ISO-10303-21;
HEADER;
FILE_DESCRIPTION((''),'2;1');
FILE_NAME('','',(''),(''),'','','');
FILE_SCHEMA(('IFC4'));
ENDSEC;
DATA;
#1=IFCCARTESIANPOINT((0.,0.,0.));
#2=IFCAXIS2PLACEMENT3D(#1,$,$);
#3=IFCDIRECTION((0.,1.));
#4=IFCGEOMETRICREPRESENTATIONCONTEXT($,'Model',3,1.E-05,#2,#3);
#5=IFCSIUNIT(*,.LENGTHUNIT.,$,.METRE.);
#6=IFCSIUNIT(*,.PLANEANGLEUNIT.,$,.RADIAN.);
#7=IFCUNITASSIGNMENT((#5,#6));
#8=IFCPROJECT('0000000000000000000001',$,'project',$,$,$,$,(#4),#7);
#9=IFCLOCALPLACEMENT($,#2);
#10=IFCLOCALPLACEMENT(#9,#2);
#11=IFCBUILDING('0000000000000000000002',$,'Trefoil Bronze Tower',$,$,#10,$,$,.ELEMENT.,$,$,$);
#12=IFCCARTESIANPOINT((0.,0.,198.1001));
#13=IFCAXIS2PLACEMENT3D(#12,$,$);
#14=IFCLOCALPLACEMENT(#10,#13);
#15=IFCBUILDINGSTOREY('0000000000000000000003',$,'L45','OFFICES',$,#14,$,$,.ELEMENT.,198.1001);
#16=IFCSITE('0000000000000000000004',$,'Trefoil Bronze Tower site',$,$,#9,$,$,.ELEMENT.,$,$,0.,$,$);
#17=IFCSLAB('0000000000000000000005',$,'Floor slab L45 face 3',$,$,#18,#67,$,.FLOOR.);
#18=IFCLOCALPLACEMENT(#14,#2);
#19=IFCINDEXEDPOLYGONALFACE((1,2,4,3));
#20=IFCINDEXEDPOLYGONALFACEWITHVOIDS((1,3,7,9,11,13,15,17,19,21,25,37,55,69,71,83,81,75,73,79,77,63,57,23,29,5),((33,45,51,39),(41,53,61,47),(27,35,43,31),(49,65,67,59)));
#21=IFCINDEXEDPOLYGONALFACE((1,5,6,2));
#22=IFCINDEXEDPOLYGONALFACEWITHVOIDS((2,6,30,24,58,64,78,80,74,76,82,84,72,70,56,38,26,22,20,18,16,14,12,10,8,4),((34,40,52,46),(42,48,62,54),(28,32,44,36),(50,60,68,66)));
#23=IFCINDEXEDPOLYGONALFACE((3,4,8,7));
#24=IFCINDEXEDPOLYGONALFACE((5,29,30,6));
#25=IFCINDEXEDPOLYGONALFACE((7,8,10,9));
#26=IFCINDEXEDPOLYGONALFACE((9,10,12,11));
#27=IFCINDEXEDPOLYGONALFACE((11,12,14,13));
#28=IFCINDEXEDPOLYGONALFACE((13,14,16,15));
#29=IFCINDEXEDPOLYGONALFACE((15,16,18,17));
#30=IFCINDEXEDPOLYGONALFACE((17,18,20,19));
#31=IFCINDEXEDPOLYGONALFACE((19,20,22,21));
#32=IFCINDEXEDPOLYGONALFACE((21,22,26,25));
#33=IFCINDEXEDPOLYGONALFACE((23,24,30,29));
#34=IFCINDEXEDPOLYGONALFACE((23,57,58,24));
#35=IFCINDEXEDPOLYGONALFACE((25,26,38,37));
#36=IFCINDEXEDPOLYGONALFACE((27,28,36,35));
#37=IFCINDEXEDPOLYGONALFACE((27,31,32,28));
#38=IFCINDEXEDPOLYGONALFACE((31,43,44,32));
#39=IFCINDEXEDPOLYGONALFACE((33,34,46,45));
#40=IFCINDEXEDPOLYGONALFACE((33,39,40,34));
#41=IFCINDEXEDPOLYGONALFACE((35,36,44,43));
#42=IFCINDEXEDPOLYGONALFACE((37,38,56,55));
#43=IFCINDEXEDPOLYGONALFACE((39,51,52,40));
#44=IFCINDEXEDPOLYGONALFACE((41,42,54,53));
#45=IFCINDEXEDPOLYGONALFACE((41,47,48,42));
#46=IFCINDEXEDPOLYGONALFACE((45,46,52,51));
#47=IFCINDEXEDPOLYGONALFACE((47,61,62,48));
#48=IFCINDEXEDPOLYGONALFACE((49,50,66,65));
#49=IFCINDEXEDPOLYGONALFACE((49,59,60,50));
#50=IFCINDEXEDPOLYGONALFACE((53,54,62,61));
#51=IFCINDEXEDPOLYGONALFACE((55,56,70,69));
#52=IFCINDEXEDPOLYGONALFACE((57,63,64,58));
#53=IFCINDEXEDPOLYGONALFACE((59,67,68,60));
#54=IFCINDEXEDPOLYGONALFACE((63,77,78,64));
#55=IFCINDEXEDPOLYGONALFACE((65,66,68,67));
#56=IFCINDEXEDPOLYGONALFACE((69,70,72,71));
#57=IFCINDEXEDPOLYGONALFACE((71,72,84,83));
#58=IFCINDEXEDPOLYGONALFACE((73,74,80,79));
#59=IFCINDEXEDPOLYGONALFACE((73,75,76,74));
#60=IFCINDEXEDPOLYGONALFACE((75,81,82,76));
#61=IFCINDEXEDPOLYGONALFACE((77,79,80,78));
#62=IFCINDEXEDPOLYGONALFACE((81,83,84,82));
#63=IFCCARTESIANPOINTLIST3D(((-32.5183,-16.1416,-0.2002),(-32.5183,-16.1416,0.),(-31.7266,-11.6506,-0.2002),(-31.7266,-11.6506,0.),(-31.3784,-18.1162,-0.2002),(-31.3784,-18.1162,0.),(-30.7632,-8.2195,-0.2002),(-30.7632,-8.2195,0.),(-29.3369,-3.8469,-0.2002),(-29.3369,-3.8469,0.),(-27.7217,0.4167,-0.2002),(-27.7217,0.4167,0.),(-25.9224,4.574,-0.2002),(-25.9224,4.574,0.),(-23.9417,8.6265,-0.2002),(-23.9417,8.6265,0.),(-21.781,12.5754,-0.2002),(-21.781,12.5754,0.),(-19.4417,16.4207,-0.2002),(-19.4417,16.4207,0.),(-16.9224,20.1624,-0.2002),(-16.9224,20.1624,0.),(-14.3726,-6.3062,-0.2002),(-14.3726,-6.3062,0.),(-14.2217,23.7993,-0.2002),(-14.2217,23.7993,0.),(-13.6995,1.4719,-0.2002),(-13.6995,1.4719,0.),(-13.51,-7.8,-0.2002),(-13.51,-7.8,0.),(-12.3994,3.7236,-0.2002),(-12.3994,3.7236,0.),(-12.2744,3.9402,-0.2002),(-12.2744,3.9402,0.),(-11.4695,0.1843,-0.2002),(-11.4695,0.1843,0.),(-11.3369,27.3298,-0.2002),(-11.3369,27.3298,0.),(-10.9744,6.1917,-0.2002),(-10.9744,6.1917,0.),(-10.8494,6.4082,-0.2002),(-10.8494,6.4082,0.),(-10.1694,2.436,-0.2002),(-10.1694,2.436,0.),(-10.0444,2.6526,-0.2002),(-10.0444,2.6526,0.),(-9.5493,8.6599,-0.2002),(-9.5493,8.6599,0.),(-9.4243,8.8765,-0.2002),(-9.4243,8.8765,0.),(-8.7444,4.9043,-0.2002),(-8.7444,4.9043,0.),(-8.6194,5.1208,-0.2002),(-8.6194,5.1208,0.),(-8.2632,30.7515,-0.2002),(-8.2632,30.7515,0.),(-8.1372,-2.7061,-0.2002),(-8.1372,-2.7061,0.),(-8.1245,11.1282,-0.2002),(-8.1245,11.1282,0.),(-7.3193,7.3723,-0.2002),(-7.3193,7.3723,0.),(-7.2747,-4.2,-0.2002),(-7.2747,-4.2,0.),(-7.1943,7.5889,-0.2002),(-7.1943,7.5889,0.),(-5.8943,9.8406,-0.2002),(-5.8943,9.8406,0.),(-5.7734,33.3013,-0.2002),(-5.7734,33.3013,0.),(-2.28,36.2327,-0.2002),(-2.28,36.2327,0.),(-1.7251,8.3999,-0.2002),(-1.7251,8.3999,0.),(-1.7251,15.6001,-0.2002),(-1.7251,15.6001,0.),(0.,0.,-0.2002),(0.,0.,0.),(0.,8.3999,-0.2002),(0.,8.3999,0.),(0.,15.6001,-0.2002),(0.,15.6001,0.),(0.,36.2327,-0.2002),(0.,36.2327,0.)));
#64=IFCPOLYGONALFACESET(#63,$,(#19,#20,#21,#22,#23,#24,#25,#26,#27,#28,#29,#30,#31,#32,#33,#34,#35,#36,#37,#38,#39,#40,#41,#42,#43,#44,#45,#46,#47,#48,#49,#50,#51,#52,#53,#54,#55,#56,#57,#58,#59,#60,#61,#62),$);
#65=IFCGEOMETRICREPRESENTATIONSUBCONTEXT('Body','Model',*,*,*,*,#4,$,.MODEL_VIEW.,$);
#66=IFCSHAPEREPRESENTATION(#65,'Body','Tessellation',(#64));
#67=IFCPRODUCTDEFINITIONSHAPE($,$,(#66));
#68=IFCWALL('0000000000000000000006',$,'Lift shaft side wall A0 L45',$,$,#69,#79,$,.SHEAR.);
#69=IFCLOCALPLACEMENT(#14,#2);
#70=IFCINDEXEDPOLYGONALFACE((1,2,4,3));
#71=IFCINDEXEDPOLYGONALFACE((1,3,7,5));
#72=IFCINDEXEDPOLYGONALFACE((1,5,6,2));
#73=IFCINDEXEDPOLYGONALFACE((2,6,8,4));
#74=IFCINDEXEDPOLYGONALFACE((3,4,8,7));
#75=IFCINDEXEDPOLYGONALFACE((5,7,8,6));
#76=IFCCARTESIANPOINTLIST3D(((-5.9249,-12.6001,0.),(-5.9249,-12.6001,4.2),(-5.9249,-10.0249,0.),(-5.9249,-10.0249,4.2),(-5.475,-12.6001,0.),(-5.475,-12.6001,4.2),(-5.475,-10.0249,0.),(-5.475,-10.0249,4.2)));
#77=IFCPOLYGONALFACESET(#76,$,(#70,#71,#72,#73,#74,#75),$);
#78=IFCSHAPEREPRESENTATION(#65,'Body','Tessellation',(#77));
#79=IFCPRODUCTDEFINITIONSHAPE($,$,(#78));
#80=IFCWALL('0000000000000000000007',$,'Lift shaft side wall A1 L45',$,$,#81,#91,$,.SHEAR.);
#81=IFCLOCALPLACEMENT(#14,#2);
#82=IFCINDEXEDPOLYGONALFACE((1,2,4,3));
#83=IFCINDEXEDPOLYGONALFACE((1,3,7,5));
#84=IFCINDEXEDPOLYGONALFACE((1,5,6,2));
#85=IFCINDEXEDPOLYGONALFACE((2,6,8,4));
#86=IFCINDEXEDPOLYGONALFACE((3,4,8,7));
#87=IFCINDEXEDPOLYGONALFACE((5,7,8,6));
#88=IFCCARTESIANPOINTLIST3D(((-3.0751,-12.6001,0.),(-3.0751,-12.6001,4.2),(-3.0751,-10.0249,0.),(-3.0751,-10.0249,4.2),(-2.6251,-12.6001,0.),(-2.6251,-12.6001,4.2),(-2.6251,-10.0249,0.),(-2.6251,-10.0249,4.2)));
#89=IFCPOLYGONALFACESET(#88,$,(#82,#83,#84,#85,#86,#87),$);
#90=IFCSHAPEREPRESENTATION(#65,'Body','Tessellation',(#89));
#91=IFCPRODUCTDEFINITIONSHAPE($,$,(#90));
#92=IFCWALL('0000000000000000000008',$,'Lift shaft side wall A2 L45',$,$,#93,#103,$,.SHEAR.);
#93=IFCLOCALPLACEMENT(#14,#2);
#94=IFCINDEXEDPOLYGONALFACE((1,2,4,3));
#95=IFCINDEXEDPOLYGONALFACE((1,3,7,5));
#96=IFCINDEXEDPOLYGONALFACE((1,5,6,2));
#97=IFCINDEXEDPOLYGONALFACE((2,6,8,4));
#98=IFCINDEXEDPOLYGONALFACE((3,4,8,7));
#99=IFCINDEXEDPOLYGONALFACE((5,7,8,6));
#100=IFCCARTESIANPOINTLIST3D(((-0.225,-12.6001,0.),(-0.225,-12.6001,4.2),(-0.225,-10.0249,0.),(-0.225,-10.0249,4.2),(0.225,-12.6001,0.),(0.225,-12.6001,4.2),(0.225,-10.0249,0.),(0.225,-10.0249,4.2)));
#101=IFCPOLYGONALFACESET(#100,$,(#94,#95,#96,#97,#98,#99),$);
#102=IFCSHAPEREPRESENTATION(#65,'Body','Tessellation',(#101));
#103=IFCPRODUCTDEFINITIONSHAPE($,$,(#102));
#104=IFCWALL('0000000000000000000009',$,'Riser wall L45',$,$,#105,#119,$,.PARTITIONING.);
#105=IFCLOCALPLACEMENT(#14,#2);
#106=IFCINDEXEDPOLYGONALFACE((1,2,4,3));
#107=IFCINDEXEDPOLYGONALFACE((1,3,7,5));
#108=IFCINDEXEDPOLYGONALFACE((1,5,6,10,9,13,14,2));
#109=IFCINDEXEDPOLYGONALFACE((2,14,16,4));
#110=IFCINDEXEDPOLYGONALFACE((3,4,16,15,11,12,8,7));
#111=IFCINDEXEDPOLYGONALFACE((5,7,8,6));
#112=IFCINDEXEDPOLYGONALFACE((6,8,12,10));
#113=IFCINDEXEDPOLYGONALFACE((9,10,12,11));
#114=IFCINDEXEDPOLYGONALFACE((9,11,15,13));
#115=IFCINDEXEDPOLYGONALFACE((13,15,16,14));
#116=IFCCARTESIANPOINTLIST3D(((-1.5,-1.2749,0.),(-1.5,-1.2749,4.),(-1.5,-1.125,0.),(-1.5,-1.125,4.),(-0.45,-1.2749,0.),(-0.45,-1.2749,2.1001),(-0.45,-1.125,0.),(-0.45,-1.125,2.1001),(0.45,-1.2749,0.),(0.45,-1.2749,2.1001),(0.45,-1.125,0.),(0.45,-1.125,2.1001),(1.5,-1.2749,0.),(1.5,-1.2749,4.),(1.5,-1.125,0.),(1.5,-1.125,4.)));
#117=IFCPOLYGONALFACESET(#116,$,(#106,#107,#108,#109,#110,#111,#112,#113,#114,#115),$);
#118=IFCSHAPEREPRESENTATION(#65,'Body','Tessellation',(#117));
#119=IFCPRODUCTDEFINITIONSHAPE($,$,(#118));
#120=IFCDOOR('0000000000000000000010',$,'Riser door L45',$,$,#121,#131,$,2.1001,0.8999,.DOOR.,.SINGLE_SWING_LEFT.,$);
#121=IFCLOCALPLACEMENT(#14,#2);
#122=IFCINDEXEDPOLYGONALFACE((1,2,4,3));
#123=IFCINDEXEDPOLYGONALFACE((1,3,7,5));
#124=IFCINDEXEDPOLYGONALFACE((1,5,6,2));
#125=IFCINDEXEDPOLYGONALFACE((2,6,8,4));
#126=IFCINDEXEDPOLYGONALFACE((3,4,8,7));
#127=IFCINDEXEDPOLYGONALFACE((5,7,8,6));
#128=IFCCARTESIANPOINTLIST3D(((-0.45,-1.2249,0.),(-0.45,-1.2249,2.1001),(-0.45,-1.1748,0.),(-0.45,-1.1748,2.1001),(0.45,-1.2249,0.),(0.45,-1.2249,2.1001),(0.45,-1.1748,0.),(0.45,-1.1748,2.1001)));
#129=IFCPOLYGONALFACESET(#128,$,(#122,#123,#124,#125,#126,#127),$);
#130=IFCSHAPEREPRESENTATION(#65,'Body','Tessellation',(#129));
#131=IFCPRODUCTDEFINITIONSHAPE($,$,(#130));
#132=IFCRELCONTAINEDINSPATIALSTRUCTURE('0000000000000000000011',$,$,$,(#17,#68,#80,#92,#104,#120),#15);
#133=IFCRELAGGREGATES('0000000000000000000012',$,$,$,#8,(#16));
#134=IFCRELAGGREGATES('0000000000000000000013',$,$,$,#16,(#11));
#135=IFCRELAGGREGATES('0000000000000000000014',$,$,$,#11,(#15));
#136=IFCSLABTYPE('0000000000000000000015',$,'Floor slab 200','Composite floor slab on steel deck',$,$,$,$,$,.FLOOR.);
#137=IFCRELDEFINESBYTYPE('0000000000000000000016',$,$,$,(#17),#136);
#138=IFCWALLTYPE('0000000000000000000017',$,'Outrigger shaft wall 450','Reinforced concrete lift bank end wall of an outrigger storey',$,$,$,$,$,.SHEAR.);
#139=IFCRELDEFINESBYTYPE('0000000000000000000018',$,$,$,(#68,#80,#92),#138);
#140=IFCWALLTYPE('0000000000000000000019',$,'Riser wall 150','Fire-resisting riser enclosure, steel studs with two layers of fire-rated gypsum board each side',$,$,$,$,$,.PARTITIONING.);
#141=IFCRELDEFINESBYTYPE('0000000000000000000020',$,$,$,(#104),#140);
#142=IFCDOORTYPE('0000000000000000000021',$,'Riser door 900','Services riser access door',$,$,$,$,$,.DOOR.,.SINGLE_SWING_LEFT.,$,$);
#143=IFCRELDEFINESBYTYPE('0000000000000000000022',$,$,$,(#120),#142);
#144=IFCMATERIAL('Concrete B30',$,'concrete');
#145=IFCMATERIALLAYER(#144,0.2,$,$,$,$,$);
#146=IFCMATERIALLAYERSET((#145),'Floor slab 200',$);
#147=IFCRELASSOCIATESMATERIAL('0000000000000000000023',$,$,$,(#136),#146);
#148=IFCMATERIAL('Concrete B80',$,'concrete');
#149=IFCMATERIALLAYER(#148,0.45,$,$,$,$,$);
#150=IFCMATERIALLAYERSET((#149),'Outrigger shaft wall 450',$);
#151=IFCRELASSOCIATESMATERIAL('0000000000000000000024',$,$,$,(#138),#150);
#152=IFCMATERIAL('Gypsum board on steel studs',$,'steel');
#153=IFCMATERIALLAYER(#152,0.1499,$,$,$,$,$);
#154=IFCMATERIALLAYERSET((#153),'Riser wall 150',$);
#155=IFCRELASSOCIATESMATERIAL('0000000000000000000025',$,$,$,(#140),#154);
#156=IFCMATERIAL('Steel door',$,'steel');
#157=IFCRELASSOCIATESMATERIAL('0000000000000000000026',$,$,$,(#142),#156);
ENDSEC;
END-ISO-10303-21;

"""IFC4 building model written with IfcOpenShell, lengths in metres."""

from ifc_helpers import new_model, si_unit, direction, frame, frame_2d, origin, place, context, subcontext, project, spatial, polyline, rectangle, outline, extrude, material, layer, layer_set, type_object, element, fill, save


model = new_model("IFC4")

# Units and contexts
model_context = context("Model", 3, precision=1e-05, world=origin(), true_north=direction((0.0, 1.0)))
body_context = subcontext(model_context, "Body", "Model", "MODEL_VIEW")
ifc_project = project(units=[si_unit("LENGTHUNIT", "METRE"), si_unit("PLANEANGLEUNIT", "RADIAN")], contexts=[model_context])

# Site, building, storey
site_placement = place(None, origin())
site = spatial("IfcSite", under=ifc_project, at=site_placement, Name="Trefoil Bronze Tower site", CompositionType="ELEMENT", RefElevation=0.0)
building_placement = place(site_placement, origin())
building = spatial("IfcBuilding", under=site, at=building_placement, Name="Trefoil Bronze Tower", CompositionType="ELEMENT")
storey_placement = place(building_placement, frame((0.0, 0.0, 198.1001)))
storey = spatial("IfcBuildingStorey", under=building, at=storey_placement, Name="L45", Description="OFFICES", CompositionType="ELEMENT", Elevation=198.1001)

# Slab
ifc_material_1 = material(Name="Concrete B30", Category="concrete")
ifc_layer_1 = layer(ifc_material_1, 0.2)
ifc_layer_set_1 = layer_set([ifc_layer_1], Name="Floor slab 200")
slab_type = type_object("IfcSlabType", Name="Floor slab 200", Description="Composite floor slab on steel deck", PredefinedType="FLOOR", material=ifc_layer_set_1)
slab_1_placement = place(storey_placement, frame((0.0, 0.0, -0.2002)))
element("IfcSlab", 1, at=slab_1_placement, inside=storey, type_object=slab_type, Name="Floor slab L45 face 3", PredefinedType="FLOOR", context=body_context, shape_type="SweptSolid", body=[
    extrude(outline(polyline([(-29.3369, -3.8469), (-27.7217, 0.4167), (-25.9224, 4.574), (-23.9417, 8.6265), (-21.781, 12.5754), (-19.4417, 16.4207), (-16.9224, 20.1624), (-14.2217, 23.7993), (-11.3369, 27.3298), (-8.2632, 30.7515), (-5.7734, 33.3013), (-2.28, 36.2327), (0.0, 36.2327), (0.0, 15.6001), (-1.7251, 15.6001), (-1.7251, 8.3999), (0.0, 8.3999), (0.0, 0.0), (-7.2747, -4.2), (-8.1372, -2.7061), (-14.3726, -6.3062), (-13.51, -7.8), (-31.3784, -18.1162), (-32.5183, -16.1416), (-31.7266, -11.6506), (-30.7632, -8.2195), (-29.3369, -3.8469)]), holes=[polyline([(-5.8943, 9.8406), (-7.1943, 7.5889), (-9.4243, 8.8765), (-8.1245, 11.1282), (-5.8943, 9.8406)]), polyline([(-7.3193, 7.3723), (-8.6194, 5.1208), (-10.8494, 6.4082), (-9.5493, 8.6599), (-7.3193, 7.3723)]), polyline([(-8.7444, 4.9043), (-10.0444, 2.6526), (-12.2744, 3.9402), (-10.9744, 6.1917), (-8.7444, 4.9043)]), polyline([(-10.1694, 2.436), (-11.4695, 0.1843), (-13.6995, 1.4719), (-12.3994, 3.7236), (-10.1694, 2.436)])]), origin(), (0.0, 0.0, 1.0), 0.2002),
])

# Walls
ifc_material_2 = material(Name="Concrete B80", Category="concrete")
ifc_layer_2 = layer(ifc_material_2, 0.45)
ifc_layer_set_2 = layer_set([ifc_layer_2], Name="Outrigger shaft wall 450")
wall_type_1 = type_object("IfcWallType", Name="Outrigger shaft wall 450", Description="Reinforced concrete lift bank end wall of an outrigger storey", PredefinedType="SHEAR", material=ifc_layer_set_2)
for number, where, z_axis, x_axis, name in (
    (2, (-5.7, -10.0249, 0.0), (0.0, 0.0, 1.0), (0.0, -1.0, 0.0), "Lift shaft side wall A0 L45"),
    (3, (-2.8501, -10.0249, 0.0), (0.0, 0.0, 1.0), (0.0, -1.0, 0.0), "Lift shaft side wall A1 L45"),
    (4, (0.0, -10.0249, 0.0), (0.0, 0.0, 1.0), (0.0, -1.0, 0.0), "Lift shaft side wall A2 L45"),
):
    element("IfcWall", number, at=place(storey_placement, frame(where, z_axis=z_axis, x_axis=x_axis)), inside=storey, type_object=wall_type_1, Name=name, PredefinedType="SHEAR", context=body_context, shape_type="SweptSolid", body=[
        extrude(rectangle(XDim=2.5752, YDim=0.45, at=frame_2d((1.2876, 0.0))), origin(), (0.0, 0.0, 1.0), 4.2),
    ])

# Wall, opening, door
ifc_material_3 = material(Name="Gypsum board on steel studs", Category="steel")
ifc_layer_3 = layer(ifc_material_3, 0.1499)
ifc_layer_set_3 = layer_set([ifc_layer_3], Name="Riser wall 150")
wall_type_2 = type_object("IfcWallType", Name="Riser wall 150", Description="Fire-resisting riser enclosure, steel studs with two layers of fire-rated gypsum board each side", PredefinedType="PARTITIONING", material=ifc_layer_set_3)
wall_1_placement = place(storey_placement, frame((-1.5, -1.2, 0.0), z_axis=(0.0, 0.0, 1.0), x_axis=(1.0, 0.0, 0.0)))
wall_1 = element("IfcWall", 5, at=wall_1_placement, inside=storey, type_object=wall_type_2, Name="Riser wall L45", PredefinedType="PARTITIONING", context=body_context, shape_type="SweptSolid", body=[
    extrude(rectangle(XDim=3.0, YDim=0.1499, at=frame_2d((1.5, 0.0))), origin(), (0.0, 0.0, 1.0), 4.0),
])
opening_1_placement = place(wall_1_placement, frame((1.05, 0.0, 0.0)))
opening_1 = element("IfcOpeningElement", 6, at=opening_1_placement, cuts=wall_1, PredefinedType="OPENING", context=body_context, shape_type="SweptSolid", body=[
    extrude(rectangle(XDim=0.8999, YDim=2.1001, at=frame_2d((0.45, 1.05))), frame((0.0, 0.085, 0.0), z_axis=(0.0, -1.0, 0.0), x_axis=(1.0, 0.0, 0.0)), (0.0, 0.0, 1.0), 0.1699),
])
ifc_material_4 = material(Name="Steel door", Category="steel")
door_type_1 = type_object("IfcDoorType", Name="Riser door 900", Description="Services riser access door", OperationType="SINGLE_SWING_LEFT", PredefinedType="DOOR", material=ifc_material_4)
door_1_placement = place(opening_1_placement, frame((0.8999, 0.0, 0.0), z_axis=(0.0, 0.0, 1.0), x_axis=(-1.0, 0.0, 0.0)))
door_1 = element("IfcDoor", 7, at=door_1_placement, inside=storey, type_object=door_type_1, Name="Riser door L45", OperationType="SINGLE_SWING_LEFT", OverallHeight=2.1001, OverallWidth=0.8999, PredefinedType="DOOR", context=body_context, shape_type="SweptSolid", body=[
    extrude(rectangle(XDim=0.8999, YDim=2.1001, at=frame_2d((0.45, 1.05))), frame((0.0, 0.0249, 0.0), z_axis=(0.0, -1.0, 0.0), x_axis=(1.0, 0.0, 0.0)), (0.0, 0.0, 1.0), 0.05),
])
fill(opening_1, door_1)

save(model, "model.ifc")
